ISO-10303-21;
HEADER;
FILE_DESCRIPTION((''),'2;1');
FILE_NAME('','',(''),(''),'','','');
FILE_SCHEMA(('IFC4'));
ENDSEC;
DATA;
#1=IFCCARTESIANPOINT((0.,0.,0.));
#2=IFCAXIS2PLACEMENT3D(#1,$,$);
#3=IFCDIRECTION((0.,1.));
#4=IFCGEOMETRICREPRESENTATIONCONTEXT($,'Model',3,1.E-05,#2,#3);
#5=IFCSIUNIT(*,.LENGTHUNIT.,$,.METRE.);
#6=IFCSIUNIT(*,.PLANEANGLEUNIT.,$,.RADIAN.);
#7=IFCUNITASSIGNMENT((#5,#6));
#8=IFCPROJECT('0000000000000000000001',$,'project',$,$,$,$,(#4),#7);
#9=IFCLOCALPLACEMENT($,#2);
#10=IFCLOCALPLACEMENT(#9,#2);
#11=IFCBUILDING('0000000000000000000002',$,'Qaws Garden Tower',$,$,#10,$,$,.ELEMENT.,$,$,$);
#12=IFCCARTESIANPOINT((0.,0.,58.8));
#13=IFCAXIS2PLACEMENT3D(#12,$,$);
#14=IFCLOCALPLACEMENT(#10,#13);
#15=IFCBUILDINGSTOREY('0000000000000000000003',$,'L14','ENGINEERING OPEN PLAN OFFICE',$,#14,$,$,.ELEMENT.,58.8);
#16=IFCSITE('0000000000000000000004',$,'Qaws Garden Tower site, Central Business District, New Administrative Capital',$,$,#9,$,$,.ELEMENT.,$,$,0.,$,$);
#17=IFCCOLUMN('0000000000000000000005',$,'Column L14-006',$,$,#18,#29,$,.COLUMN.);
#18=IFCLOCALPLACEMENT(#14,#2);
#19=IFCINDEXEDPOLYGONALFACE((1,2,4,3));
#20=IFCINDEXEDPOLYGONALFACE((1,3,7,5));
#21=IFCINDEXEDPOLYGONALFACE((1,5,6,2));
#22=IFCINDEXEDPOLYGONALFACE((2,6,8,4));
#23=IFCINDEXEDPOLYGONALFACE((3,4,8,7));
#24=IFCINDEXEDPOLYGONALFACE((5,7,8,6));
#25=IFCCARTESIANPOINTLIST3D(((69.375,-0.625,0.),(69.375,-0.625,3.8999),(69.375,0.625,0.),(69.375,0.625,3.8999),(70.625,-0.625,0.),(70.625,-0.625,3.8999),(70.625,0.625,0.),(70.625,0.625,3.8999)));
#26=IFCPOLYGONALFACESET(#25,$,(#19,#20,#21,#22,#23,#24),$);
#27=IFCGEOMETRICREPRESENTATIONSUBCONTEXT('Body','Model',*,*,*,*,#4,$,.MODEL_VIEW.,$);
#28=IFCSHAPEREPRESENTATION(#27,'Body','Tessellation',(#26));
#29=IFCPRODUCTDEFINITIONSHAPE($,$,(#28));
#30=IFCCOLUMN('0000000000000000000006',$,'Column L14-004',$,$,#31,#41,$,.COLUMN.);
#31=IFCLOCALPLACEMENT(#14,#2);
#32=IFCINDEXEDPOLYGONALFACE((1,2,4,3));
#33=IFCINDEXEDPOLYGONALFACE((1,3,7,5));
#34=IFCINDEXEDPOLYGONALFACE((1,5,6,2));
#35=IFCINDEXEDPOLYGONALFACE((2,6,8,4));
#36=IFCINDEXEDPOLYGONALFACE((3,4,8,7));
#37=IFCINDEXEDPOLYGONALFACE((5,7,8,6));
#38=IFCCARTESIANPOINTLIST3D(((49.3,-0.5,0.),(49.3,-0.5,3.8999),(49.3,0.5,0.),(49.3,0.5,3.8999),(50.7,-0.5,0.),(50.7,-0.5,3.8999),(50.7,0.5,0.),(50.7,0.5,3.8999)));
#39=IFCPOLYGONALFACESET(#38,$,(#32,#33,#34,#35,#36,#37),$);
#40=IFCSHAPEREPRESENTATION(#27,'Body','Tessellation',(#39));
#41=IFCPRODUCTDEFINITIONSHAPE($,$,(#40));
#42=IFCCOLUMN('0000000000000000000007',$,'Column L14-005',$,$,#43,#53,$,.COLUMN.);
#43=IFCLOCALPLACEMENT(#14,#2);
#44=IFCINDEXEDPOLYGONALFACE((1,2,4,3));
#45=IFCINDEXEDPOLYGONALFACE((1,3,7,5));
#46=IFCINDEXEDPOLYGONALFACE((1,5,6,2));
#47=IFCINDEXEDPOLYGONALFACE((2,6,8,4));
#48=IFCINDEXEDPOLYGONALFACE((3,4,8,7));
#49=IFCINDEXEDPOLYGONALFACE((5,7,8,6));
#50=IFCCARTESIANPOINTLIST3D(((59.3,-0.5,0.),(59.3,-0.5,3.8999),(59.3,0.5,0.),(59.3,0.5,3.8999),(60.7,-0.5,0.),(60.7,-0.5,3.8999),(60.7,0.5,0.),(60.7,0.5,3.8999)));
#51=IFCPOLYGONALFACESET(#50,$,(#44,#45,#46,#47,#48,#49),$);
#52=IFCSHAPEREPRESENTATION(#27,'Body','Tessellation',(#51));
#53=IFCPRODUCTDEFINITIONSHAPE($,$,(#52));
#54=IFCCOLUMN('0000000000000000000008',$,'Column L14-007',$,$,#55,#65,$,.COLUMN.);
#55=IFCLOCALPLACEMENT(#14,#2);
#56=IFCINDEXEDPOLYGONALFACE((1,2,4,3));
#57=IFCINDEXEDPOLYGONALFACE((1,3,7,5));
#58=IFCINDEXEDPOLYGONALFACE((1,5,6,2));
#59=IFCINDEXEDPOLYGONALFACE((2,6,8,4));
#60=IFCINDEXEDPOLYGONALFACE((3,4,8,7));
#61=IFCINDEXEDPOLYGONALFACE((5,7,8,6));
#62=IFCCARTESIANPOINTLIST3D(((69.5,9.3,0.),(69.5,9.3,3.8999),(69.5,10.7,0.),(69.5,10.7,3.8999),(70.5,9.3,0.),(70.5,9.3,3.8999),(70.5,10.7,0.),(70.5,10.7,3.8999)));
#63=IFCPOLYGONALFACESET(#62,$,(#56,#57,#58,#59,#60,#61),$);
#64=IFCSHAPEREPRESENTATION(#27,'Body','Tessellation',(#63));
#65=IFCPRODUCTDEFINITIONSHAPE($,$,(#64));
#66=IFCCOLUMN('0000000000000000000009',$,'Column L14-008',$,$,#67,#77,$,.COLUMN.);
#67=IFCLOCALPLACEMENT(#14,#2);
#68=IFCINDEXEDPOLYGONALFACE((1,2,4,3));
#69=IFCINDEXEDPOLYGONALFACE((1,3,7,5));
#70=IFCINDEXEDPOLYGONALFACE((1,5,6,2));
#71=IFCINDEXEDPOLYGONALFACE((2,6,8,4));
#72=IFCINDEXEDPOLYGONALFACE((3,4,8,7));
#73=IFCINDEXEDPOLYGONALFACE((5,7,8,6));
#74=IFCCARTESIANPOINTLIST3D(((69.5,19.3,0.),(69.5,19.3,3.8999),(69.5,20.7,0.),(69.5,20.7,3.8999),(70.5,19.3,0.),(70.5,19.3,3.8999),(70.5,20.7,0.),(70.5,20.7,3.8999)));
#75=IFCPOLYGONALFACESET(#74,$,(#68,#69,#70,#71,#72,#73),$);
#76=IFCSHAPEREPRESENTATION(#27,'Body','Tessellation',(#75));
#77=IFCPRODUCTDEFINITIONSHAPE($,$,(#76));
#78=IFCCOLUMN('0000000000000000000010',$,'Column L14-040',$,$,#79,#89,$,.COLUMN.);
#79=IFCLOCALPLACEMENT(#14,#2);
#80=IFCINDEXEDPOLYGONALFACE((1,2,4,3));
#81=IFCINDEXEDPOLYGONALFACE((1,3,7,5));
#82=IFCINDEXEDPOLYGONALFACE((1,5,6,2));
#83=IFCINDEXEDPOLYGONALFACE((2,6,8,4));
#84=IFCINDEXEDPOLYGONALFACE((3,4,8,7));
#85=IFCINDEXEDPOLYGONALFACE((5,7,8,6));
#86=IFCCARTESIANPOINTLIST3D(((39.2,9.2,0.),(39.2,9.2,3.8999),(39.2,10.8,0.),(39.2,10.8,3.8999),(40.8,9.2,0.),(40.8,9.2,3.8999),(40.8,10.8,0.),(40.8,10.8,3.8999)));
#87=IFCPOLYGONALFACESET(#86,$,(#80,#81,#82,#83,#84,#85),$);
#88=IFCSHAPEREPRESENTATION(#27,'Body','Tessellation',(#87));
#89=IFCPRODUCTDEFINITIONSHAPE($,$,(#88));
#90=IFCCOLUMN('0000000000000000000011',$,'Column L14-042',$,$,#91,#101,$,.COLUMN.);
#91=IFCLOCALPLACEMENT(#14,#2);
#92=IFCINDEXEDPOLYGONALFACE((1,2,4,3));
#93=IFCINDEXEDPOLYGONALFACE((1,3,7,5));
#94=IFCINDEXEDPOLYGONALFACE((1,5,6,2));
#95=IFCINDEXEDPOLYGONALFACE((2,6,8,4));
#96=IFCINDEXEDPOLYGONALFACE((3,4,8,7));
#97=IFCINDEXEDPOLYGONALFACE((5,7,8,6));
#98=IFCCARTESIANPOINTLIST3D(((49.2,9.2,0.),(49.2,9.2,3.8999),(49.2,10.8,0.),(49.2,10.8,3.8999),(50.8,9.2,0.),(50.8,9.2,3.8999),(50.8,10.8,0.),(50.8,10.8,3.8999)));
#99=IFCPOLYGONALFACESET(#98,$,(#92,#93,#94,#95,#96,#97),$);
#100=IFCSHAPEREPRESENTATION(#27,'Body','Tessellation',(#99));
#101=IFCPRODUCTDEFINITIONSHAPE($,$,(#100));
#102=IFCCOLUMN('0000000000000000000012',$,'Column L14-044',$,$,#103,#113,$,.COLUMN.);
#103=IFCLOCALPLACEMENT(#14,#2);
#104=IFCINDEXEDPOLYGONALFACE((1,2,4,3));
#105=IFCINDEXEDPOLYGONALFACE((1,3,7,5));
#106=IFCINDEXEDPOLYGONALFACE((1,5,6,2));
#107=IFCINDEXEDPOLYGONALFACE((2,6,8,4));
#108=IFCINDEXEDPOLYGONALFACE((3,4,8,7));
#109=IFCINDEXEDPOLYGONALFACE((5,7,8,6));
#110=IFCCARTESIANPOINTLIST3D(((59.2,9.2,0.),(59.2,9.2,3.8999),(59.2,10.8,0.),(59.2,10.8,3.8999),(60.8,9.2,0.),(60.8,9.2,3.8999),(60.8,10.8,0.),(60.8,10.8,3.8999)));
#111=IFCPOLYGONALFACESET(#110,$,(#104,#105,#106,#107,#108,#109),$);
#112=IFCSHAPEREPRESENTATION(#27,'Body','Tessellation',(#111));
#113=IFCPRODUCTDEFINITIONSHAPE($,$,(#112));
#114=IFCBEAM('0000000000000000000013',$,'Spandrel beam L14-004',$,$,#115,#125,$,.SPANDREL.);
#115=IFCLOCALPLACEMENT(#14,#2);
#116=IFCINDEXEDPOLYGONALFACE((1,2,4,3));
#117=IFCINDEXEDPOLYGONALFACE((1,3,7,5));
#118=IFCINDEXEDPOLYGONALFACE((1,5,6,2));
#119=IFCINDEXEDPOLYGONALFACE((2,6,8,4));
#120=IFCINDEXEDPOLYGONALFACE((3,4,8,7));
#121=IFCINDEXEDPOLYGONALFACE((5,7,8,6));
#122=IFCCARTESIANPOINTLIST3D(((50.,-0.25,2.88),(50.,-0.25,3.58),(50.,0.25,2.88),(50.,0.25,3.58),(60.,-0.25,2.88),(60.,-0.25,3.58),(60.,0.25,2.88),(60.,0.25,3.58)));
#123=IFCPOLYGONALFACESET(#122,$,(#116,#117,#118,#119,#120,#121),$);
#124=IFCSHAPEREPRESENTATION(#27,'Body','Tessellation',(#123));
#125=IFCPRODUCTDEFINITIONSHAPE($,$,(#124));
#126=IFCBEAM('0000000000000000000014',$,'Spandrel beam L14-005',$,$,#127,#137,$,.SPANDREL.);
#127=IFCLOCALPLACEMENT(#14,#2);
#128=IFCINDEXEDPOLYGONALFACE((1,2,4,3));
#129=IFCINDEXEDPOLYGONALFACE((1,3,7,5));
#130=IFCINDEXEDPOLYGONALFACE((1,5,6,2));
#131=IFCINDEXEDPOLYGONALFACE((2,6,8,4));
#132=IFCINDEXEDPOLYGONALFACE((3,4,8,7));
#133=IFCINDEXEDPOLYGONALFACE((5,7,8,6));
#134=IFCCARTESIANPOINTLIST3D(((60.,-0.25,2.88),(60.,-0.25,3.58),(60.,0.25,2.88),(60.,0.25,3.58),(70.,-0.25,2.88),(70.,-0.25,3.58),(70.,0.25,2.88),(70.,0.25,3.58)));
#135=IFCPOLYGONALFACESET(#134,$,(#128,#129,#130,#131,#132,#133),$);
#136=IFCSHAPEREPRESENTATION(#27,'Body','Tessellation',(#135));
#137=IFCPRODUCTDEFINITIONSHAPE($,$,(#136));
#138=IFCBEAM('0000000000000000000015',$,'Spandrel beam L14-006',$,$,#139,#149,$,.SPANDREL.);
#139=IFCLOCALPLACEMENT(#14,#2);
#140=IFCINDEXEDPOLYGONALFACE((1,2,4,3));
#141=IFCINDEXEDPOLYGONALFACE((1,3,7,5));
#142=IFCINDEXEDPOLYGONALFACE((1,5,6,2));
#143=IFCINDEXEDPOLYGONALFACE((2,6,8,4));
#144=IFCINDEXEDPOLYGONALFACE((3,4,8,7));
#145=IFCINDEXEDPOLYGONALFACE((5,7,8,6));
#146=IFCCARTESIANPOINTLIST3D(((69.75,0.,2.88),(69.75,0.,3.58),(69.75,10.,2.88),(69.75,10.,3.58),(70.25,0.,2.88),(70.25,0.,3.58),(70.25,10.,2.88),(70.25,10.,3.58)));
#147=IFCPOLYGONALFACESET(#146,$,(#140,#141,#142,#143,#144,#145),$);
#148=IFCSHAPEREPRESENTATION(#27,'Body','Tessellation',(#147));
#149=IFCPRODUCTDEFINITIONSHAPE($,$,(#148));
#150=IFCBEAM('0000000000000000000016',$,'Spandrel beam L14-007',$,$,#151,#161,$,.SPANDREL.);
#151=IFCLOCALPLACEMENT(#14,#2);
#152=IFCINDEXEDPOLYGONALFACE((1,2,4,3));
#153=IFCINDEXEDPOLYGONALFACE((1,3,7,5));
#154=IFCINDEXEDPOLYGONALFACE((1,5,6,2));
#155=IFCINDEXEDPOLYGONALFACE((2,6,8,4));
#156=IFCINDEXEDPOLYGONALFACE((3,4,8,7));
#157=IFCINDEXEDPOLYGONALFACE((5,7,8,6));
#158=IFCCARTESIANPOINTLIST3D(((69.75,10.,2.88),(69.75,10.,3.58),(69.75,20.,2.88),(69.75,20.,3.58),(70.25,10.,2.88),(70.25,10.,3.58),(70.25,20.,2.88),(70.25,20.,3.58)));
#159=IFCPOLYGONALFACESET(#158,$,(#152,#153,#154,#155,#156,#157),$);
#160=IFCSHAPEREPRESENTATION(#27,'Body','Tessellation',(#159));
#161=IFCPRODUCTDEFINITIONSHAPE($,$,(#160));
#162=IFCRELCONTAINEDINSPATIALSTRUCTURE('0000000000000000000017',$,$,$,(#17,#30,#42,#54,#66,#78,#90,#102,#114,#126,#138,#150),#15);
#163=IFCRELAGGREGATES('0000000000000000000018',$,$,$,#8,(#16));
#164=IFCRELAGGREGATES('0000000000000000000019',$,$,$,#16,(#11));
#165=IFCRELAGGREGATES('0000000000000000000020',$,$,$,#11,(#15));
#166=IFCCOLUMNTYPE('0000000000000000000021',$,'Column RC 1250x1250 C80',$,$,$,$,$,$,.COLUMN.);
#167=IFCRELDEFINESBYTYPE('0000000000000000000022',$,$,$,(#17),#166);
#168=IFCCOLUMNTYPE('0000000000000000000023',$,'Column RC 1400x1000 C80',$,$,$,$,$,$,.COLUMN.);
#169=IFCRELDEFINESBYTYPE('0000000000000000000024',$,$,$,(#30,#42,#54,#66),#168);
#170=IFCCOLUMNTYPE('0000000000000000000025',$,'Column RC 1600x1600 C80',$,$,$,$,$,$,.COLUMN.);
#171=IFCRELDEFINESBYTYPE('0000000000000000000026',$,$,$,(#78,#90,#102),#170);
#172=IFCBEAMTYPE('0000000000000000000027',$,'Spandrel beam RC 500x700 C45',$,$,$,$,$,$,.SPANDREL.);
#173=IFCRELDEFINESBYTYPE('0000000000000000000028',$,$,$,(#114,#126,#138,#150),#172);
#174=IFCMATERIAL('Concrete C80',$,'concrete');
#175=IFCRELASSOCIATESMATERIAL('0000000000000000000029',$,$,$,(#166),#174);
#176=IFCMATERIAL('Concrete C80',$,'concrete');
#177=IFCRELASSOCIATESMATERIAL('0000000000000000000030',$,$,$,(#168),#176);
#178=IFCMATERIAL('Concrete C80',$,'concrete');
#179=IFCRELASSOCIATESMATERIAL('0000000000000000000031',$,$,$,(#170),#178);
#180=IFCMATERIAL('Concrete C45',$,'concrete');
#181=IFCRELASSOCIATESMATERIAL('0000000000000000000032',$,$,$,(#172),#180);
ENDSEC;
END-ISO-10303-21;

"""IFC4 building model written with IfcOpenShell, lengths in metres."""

from ifc_helpers import new_model, si_unit, direction, frame, origin, origin_2d, place, context, subcontext, project, spatial, rectangle, extrude, material, material_profile, profile_set, type_object, element, save


model = new_model("IFC4")

# Units and contexts
model_context = context("Model", 3, precision=1e-05, world=origin(), true_north=direction((0.0, 1.0)))
body_context = subcontext(model_context, "Body", "Model", "MODEL_VIEW")
ifc_project = project(units=[si_unit("LENGTHUNIT", "METRE"), si_unit("PLANEANGLEUNIT", "RADIAN")], contexts=[model_context])

# Site, building, storey
site_placement = place(None, origin())
site = spatial("IfcSite", under=ifc_project, at=site_placement, Name="Qaws Garden Tower site, Central Business District, New Administrative Capital", CompositionType="ELEMENT", RefElevation=0.0)
building_placement = place(site_placement, origin())
building = spatial("IfcBuilding", under=site, at=building_placement, Name="Qaws Garden Tower", CompositionType="ELEMENT")
storey_placement = place(building_placement, frame((0.0, 0.0, 58.8)))
storey = spatial("IfcBuildingStorey", under=building, at=storey_placement, Name="L14", Description="ENGINEERING OPEN PLAN OFFICE", CompositionType="ELEMENT", Elevation=58.8)

# Columns
ifc_material_1 = material(Name="Concrete C80", Category="concrete")
ifc_material_profile_1 = material_profile(ifc_material_1, rectangle(XDim=1.25, YDim=1.25, at=origin_2d()), Name="RC 1250x1250")
ifc_profile_set_1 = profile_set([ifc_material_profile_1], Name="Concrete C80")
column_type_1 = type_object("IfcColumnType", Name="Column RC 1250x1250 C80", PredefinedType="COLUMN", material=ifc_profile_set_1)
column_placement = place(storey_placement, frame((70.0, 0.0, 0.0), z_axis=(0.0, 0.0, 1.0), x_axis=(1.0, 0.0, 0.0)))
element("IfcColumn", 1, at=column_placement, inside=storey, type_object=column_type_1, Name="Column L14-006", PredefinedType="COLUMN", context=body_context, shape_type="SweptSolid", body=[
    extrude(rectangle(XDim=1.25, YDim=1.25, at=origin_2d()), origin(), (0.0, 0.0, 1.0), 3.8999),
])
ifc_material_2 = material(Name="Concrete C80", Category="concrete")
ifc_material_profile_2 = material_profile(ifc_material_2, rectangle(XDim=1.3999, YDim=1.0, at=origin_2d()), Name="RC 1400x1000")
ifc_profile_set_2 = profile_set([ifc_material_profile_2], Name="Concrete C80")
column_type_2 = type_object("IfcColumnType", Name="Column RC 1400x1000 C80", PredefinedType="COLUMN", material=ifc_profile_set_2)
for number, where, z_axis, x_axis, name in (
    (2, (50.0, 0.0, 0.0), (0.0, 0.0, 1.0), (1.0, 0.0, 0.0), "Column L14-004"),
    (3, (60.0, 0.0, 0.0), (0.0, 0.0, 1.0), (1.0, 0.0, 0.0), "Column L14-005"),
    (4, (70.0, 10.0, 0.0), (0.0, 0.0, 1.0), (0.0, 1.0, 0.0), "Column L14-007"),
    (5, (70.0, 20.0, 0.0), (0.0, 0.0, 1.0), (0.0, 1.0, 0.0), "Column L14-008"),
):
    element("IfcColumn", number, at=place(storey_placement, frame(where, z_axis=z_axis, x_axis=x_axis)), inside=storey, type_object=column_type_2, Name=name, PredefinedType="COLUMN", context=body_context, shape_type="SweptSolid", body=[
        extrude(rectangle(XDim=1.3999, YDim=1.0, at=origin_2d()), origin(), (0.0, 0.0, 1.0), 3.8999),
    ])
ifc_material_3 = material(Name="Concrete C80", Category="concrete")
ifc_material_profile_3 = material_profile(ifc_material_3, rectangle(XDim=1.6001, YDim=1.6001, at=origin_2d()), Name="RC 1600x1600")
ifc_profile_set_3 = profile_set([ifc_material_profile_3], Name="Concrete C80")
column_type_3 = type_object("IfcColumnType", Name="Column RC 1600x1600 C80", PredefinedType="COLUMN", material=ifc_profile_set_3)
for number, where, z_axis, x_axis, name in (
    (6, (40.0, 10.0, 0.0), (0.0, 0.0, 1.0), (1.0, 0.0, 0.0), "Column L14-040"),
    (7, (50.0, 10.0, 0.0), (0.0, 0.0, 1.0), (1.0, 0.0, 0.0), "Column L14-042"),
    (8, (60.0, 10.0, 0.0), (0.0, 0.0, 1.0), (1.0, 0.0, 0.0), "Column L14-044"),
):
    element("IfcColumn", number, at=place(storey_placement, frame(where, z_axis=z_axis, x_axis=x_axis)), inside=storey, type_object=column_type_3, Name=name, PredefinedType="COLUMN", context=body_context, shape_type="SweptSolid", body=[
        extrude(rectangle(XDim=1.6001, YDim=1.6001, at=origin_2d()), origin(), (0.0, 0.0, 1.0), 3.8999),
    ])

# Beams
ifc_material_4 = material(Name="Concrete C45", Category="concrete")
ifc_material_profile_4 = material_profile(ifc_material_4, rectangle(XDim=0.5, YDim=0.7, at=origin_2d()), Name="RC 500x700")
ifc_profile_set_4 = profile_set([ifc_material_profile_4], Name="Concrete C45")
beam_type = type_object("IfcBeamType", Name="Spandrel beam RC 500x700 C45", PredefinedType="SPANDREL", material=ifc_profile_set_4)
for number, where, z_axis, x_axis, name in (
    (9, (50.0, 0.0, 3.23), (1.0, 0.0, 0.0), (0.0, 1.0, 0.0), "Spandrel beam L14-004"),
    (10, (60.0, 0.0, 3.23), (1.0, 0.0, 0.0), (0.0, 1.0, 0.0), "Spandrel beam L14-005"),
    (11, (70.0, 0.0, 3.23), (0.0, 1.0, 0.0), (-1.0, 0.0, 0.0), "Spandrel beam L14-006"),
    (12, (70.0, 10.0, 3.23), (0.0, 1.0, 0.0), (-1.0, 0.0, 0.0), "Spandrel beam L14-007"),
):
    element("IfcBeam", number, at=place(storey_placement, frame(where, z_axis=z_axis, x_axis=x_axis)), inside=storey, type_object=beam_type, Name=name, PredefinedType="SPANDREL", context=body_context, shape_type="SweptSolid", body=[
        extrude(rectangle(XDim=0.5, YDim=0.7, at=origin_2d()), origin(), (0.0, 0.0, 1.0), 10.0),
    ])

save(model, "model.ifc")
